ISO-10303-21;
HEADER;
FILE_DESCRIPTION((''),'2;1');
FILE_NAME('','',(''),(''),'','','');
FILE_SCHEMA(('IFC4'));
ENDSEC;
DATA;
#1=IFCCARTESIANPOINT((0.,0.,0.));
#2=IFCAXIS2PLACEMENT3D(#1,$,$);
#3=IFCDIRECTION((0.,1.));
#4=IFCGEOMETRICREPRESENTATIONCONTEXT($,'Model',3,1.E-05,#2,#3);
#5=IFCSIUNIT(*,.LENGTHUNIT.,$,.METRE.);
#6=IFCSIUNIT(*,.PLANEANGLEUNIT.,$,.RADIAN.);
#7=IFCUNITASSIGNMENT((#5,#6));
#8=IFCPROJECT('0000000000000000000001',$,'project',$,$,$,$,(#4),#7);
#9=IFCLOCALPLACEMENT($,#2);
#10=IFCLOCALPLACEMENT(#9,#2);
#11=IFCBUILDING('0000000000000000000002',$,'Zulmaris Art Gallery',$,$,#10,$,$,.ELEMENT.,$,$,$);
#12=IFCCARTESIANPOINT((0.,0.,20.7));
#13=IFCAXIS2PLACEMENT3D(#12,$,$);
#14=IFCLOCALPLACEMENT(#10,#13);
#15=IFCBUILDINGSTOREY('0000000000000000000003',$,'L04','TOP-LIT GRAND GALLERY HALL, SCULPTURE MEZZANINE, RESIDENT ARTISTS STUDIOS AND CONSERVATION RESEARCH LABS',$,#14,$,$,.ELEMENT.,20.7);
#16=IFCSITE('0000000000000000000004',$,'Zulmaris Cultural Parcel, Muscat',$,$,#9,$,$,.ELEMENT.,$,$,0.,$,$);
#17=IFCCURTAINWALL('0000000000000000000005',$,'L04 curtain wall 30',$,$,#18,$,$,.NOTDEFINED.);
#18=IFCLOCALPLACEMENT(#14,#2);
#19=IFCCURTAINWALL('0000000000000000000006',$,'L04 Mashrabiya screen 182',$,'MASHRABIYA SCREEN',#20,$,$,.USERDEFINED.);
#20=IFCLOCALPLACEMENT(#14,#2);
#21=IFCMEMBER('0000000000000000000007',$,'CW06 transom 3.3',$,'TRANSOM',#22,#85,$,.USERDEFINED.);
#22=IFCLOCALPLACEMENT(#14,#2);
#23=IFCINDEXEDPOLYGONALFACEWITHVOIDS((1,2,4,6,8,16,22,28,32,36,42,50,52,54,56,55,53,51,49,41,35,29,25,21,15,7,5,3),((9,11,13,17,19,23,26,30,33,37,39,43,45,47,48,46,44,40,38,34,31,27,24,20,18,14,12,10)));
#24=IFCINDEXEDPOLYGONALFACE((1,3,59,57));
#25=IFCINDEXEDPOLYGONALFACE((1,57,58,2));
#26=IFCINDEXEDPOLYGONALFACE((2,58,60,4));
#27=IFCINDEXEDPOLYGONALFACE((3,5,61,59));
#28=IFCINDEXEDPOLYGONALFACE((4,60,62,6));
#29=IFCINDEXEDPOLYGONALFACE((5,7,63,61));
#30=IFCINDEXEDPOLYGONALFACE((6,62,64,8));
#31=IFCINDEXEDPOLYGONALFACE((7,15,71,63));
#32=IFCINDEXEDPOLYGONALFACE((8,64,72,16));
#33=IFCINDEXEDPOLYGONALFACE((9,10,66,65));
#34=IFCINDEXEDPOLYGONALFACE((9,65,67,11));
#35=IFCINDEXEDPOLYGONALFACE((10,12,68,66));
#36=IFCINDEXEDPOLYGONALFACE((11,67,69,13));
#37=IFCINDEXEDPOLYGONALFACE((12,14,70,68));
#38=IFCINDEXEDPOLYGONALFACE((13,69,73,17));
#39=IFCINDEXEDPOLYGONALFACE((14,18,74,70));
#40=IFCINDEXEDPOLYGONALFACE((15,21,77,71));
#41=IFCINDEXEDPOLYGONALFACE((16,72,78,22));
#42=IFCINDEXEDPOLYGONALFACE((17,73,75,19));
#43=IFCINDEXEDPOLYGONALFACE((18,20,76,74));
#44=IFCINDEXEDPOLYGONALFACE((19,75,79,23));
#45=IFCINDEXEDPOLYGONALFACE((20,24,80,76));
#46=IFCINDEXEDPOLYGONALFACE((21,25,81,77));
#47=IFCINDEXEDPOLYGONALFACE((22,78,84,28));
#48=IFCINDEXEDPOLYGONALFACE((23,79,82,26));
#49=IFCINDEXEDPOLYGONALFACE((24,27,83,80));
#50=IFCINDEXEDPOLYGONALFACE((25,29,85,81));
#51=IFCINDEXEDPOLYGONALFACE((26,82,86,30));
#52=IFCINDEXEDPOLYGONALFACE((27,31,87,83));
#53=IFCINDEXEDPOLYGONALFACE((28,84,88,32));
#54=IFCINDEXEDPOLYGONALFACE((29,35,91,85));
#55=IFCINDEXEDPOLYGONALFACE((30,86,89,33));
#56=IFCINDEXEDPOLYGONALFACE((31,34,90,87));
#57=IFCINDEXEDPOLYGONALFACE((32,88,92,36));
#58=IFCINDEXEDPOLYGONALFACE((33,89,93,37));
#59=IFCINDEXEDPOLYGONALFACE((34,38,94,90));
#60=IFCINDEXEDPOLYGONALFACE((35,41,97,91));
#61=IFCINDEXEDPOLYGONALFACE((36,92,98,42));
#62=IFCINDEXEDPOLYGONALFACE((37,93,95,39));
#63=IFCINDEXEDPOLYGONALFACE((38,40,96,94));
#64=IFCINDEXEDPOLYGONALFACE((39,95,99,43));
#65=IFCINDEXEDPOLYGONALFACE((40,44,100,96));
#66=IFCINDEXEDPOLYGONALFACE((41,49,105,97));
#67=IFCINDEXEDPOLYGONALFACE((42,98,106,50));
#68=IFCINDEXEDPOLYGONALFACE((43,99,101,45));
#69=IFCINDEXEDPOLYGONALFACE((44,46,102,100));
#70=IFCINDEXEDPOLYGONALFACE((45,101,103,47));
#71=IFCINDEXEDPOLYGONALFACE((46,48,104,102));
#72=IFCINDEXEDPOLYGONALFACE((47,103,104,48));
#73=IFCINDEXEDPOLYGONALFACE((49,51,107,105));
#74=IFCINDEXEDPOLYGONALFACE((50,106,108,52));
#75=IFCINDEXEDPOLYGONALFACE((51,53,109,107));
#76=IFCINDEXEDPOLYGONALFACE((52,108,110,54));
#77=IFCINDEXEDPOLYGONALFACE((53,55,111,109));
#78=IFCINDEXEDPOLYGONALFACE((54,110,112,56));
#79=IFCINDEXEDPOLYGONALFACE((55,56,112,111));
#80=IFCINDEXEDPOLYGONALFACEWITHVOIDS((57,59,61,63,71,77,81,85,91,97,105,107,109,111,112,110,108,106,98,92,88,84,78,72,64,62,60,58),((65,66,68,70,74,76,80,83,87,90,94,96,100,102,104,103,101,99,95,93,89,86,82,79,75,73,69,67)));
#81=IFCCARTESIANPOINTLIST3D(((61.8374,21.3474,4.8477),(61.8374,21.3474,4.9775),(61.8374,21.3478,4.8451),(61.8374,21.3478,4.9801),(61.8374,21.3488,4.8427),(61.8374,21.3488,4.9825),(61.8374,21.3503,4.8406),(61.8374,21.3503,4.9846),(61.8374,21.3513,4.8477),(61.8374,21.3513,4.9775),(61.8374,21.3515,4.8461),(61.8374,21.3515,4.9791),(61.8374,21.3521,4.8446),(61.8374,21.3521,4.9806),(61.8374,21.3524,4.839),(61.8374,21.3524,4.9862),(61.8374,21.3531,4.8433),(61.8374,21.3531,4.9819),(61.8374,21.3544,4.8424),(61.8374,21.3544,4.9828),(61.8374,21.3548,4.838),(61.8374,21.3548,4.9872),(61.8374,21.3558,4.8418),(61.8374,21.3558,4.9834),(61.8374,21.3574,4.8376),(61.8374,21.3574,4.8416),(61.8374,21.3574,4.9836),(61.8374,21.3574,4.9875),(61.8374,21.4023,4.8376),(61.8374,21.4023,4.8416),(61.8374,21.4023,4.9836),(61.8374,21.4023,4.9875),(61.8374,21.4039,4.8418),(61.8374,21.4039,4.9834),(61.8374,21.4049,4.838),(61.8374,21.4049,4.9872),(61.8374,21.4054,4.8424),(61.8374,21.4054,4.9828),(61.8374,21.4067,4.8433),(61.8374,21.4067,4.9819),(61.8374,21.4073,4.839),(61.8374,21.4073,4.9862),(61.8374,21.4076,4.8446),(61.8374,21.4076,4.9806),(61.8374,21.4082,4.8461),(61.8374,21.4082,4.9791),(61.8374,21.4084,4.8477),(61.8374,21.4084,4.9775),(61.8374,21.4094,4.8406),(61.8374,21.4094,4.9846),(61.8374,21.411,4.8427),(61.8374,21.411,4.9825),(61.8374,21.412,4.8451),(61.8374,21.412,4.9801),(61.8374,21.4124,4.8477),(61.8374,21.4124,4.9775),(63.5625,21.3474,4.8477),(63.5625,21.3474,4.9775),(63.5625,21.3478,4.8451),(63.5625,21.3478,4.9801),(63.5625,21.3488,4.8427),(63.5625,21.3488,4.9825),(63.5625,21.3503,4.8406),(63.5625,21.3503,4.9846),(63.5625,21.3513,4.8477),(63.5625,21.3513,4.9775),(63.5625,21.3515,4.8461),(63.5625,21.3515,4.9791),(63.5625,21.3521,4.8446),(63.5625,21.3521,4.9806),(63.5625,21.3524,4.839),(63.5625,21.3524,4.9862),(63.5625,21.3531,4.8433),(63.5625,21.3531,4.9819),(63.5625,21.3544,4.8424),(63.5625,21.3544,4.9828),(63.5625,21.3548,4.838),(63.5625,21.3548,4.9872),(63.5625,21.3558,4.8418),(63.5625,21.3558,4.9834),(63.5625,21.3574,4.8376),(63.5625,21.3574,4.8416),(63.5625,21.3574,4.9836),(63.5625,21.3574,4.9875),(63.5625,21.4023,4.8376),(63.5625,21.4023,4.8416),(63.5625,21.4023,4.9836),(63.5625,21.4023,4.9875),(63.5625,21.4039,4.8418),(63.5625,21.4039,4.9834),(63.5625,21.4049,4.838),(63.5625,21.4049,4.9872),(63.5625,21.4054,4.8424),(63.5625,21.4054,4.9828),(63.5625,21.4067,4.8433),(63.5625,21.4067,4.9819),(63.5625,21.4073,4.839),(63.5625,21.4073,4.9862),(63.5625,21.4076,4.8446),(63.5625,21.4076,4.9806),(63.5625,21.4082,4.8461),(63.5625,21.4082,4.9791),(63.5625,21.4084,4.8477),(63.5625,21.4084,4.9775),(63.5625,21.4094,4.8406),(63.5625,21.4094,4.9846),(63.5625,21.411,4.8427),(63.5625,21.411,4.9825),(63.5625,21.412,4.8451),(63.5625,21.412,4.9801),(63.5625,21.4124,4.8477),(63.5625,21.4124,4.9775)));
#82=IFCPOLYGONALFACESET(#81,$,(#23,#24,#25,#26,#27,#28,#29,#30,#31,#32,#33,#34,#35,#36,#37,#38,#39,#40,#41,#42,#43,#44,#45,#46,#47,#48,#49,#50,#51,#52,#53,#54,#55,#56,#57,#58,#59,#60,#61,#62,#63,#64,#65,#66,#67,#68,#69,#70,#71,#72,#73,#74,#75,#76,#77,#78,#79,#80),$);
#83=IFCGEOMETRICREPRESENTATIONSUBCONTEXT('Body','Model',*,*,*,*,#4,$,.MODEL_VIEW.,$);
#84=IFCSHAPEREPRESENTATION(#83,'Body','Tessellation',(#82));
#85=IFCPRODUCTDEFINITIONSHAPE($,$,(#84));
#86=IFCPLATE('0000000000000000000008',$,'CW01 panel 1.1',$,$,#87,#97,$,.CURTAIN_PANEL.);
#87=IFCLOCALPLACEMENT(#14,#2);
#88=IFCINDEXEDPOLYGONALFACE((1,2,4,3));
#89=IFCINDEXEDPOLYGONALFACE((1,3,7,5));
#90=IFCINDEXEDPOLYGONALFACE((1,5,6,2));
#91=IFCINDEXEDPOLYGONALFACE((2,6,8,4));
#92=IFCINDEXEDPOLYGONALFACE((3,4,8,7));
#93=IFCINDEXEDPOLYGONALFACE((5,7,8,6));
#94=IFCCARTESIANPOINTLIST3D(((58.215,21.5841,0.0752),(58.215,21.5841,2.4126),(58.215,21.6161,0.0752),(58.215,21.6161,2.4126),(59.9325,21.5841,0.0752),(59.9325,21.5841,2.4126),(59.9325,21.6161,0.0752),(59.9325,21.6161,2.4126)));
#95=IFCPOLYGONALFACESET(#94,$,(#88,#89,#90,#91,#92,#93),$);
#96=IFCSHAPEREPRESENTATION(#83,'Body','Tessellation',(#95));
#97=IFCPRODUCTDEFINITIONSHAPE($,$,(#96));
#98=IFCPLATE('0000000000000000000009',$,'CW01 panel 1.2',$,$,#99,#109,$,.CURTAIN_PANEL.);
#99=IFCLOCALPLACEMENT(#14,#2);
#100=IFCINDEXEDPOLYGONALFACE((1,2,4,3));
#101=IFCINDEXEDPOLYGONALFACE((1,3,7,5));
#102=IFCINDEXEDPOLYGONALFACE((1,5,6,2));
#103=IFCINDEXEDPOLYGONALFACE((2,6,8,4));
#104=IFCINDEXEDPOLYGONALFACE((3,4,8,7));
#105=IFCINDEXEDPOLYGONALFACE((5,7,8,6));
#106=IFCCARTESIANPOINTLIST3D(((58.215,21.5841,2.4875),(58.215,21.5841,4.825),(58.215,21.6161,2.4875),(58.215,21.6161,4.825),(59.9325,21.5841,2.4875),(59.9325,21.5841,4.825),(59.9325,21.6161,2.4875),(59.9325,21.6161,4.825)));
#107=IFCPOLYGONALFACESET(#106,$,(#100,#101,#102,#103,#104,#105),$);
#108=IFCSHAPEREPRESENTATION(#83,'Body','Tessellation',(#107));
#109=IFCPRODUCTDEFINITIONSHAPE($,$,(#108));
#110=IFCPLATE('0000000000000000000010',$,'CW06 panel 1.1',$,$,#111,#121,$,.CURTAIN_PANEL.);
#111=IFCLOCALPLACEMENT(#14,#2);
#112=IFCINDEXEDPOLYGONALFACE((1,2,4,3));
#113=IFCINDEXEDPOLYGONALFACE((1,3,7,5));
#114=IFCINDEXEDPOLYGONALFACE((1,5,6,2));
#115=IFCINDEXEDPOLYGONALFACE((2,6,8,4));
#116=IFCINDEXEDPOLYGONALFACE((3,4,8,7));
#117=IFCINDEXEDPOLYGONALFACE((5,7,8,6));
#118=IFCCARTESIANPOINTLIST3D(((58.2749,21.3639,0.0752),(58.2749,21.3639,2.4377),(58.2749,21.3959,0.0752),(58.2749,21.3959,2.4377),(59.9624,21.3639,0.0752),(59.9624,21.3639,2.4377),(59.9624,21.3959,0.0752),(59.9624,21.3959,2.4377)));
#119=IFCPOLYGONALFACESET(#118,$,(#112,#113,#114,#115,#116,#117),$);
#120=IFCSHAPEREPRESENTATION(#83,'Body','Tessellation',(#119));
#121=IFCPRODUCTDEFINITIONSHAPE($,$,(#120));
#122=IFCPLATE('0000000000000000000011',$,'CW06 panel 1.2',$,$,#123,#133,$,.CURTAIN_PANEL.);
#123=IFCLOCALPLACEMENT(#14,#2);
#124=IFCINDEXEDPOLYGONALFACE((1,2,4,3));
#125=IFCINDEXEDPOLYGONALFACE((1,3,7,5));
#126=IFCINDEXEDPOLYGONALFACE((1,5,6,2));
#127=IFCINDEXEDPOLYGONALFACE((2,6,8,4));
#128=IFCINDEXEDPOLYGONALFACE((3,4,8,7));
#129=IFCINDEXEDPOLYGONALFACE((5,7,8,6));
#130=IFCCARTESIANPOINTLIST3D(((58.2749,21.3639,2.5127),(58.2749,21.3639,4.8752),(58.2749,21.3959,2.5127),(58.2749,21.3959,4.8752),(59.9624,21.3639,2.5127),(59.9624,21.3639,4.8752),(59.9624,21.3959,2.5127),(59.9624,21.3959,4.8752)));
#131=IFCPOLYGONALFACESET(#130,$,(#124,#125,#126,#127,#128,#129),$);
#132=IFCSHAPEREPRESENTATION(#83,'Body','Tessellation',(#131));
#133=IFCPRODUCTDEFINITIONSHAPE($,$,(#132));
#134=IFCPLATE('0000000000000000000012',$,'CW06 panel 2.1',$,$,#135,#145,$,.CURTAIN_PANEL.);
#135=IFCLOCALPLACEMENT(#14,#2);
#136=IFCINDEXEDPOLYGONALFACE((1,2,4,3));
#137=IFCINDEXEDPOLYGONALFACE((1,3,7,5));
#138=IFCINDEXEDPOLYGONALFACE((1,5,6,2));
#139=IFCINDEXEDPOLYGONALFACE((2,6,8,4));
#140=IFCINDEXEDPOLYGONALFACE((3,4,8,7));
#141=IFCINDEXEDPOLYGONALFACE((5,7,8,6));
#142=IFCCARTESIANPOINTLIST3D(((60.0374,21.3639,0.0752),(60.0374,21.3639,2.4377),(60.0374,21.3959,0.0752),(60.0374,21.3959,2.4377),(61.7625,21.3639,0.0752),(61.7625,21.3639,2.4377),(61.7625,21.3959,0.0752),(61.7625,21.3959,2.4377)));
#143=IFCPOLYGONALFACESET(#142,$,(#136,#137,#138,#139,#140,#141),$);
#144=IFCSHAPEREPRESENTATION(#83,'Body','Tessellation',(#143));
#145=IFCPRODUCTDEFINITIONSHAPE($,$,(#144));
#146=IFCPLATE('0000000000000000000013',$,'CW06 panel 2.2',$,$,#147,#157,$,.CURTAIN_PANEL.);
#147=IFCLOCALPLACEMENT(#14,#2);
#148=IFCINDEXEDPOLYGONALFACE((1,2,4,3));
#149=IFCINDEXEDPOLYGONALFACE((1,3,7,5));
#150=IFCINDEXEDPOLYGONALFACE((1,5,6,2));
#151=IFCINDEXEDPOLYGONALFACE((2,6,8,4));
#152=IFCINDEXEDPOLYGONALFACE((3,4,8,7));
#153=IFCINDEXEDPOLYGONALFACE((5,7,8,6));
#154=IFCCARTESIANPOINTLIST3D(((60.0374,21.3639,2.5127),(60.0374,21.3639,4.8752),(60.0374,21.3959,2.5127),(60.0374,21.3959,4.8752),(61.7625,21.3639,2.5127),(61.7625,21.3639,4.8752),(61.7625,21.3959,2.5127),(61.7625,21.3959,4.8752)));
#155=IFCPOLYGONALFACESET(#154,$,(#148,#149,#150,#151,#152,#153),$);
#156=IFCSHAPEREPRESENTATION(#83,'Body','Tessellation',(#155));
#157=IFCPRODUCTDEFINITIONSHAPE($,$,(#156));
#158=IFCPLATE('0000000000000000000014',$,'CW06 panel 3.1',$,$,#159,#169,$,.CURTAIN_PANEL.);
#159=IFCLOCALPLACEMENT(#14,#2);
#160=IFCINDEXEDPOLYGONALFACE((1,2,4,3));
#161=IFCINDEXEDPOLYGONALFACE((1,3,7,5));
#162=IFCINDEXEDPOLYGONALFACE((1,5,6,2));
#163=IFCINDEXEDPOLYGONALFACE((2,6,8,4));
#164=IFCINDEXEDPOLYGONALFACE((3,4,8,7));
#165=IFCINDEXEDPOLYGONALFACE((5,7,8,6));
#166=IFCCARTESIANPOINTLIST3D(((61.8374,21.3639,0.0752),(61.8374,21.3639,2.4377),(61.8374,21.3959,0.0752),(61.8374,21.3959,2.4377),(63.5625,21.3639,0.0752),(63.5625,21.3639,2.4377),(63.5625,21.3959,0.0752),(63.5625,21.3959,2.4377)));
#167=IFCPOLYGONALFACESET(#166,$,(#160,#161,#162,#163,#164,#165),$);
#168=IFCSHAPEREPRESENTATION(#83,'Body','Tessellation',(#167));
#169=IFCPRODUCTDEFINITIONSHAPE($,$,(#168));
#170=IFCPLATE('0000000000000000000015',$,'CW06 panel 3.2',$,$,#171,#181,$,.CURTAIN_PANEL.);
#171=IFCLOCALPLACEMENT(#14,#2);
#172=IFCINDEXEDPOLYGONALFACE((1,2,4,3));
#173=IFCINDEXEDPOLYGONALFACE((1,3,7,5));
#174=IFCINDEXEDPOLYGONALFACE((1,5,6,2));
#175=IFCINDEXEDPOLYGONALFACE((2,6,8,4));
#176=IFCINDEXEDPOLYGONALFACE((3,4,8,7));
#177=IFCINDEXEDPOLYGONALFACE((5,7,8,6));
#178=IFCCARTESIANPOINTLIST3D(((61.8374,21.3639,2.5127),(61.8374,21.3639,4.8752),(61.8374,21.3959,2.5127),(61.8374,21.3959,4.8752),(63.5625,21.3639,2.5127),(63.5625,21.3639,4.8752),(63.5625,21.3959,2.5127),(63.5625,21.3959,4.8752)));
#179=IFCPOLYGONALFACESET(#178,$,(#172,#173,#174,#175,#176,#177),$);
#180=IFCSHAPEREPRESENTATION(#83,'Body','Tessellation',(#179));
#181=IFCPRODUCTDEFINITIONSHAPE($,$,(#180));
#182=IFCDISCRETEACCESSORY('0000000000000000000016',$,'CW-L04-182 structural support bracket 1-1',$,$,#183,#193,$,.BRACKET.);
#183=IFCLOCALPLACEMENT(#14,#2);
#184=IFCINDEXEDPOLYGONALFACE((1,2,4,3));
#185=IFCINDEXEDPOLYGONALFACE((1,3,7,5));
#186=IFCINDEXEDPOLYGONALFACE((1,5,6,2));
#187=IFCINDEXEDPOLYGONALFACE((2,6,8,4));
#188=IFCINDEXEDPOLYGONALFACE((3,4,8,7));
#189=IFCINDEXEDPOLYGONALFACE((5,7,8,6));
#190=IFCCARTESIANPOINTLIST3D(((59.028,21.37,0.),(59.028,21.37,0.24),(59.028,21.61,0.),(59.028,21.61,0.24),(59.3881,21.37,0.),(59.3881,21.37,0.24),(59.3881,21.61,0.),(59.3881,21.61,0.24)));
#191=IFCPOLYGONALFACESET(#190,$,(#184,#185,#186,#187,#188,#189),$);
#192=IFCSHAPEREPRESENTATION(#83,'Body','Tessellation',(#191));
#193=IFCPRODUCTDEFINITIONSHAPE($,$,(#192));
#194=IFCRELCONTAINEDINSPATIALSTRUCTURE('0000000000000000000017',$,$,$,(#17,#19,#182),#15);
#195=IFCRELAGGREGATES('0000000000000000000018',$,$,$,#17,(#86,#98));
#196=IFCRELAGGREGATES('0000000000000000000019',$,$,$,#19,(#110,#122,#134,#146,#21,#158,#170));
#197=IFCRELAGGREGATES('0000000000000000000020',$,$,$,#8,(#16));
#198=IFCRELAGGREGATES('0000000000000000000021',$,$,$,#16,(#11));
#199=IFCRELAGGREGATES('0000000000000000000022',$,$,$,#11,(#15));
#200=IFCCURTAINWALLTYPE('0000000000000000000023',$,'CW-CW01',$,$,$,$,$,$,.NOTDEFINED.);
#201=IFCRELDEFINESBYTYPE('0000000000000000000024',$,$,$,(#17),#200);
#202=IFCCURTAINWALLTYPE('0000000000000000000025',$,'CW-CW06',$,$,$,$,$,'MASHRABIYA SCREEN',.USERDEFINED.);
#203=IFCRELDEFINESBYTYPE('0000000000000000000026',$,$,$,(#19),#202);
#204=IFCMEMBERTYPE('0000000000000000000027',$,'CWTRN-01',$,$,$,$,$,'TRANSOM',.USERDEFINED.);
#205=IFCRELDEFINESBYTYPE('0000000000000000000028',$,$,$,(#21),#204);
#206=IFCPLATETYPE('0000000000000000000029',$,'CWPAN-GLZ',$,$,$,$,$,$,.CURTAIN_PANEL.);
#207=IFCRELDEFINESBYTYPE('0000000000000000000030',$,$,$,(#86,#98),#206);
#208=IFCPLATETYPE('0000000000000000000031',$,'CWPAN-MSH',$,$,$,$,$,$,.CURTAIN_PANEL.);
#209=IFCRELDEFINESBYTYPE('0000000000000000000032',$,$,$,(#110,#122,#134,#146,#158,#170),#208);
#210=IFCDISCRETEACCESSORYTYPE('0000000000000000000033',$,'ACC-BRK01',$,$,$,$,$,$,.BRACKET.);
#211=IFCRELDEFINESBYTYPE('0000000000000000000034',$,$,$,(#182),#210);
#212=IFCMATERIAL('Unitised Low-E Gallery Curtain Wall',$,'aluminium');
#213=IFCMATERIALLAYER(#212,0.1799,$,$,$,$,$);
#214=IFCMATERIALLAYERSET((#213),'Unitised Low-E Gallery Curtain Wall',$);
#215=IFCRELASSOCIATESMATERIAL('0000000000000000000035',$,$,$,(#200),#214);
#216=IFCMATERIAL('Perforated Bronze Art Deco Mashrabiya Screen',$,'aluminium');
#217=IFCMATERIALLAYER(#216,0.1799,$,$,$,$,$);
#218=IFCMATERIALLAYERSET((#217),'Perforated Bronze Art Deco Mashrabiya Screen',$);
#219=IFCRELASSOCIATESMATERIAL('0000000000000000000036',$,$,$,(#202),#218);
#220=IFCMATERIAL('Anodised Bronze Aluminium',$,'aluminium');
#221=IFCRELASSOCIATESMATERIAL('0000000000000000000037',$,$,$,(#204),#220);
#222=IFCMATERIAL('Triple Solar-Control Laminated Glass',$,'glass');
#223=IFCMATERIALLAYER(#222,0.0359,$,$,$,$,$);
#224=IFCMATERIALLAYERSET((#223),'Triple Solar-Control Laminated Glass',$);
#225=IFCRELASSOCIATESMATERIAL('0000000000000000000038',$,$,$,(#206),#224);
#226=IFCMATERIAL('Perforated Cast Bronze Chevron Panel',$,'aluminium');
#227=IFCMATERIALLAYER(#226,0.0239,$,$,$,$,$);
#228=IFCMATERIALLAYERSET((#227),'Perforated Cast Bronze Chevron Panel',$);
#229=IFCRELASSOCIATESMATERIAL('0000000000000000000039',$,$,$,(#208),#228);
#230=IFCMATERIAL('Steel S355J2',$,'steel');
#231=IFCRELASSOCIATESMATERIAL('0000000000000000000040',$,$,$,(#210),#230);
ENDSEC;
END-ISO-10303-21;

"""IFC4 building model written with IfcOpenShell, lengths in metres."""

from ifc_helpers import new_model, si_unit, direction, frame, origin, origin_2d, place, context, subcontext, project, spatial, rectangle, hollow_rectangle, extrude, material, layer, layer_set, material_profile, profile_set, type_object, element, aggregate, save


model = new_model("IFC4")

# Units and contexts
model_context = context("Model", 3, precision=1e-05, world=origin(), true_north=direction((0.0, 1.0)))
body_context = subcontext(model_context, "Body", "Model", "MODEL_VIEW")
ifc_project = project(units=[si_unit("LENGTHUNIT", "METRE"), si_unit("PLANEANGLEUNIT", "RADIAN")], contexts=[model_context])

# Site, building, storey
site_placement = place(None, origin())
site = spatial("IfcSite", under=ifc_project, at=site_placement, Name="Zulmaris Cultural Parcel, Muscat", CompositionType="ELEMENT", RefElevation=0.0)
building_placement = place(site_placement, origin())
building = spatial("IfcBuilding", under=site, at=building_placement, Name="Zulmaris Art Gallery", CompositionType="ELEMENT")
storey_placement = place(building_placement, frame((0.0, 0.0, 20.7)))
storey = spatial("IfcBuildingStorey", under=building, at=storey_placement, Name="L04", Description="TOP-LIT GRAND GALLERY HALL, SCULPTURE MEZZANINE, RESIDENT ARTISTS STUDIOS AND CONSERVATION RESEARCH LABS", CompositionType="ELEMENT", Elevation=20.7)

# Curtain wall
ifc_material_1 = material(Name="Unitised Low-E Gallery Curtain Wall", Category="aluminium")
ifc_layer_1 = layer(ifc_material_1, 0.1799)
ifc_layer_set_1 = layer_set([ifc_layer_1], Name="Unitised Low-E Gallery Curtain Wall")
curtain_wall_type_1 = type_object("IfcCurtainWallType", Name="CW-CW01", PredefinedType="NOTDEFINED", material=ifc_layer_set_1)
curtain_wall_1_placement = place(storey_placement, origin())
curtain_wall_1 = element("IfcCurtainWall", 1, at=curtain_wall_1_placement, inside=storey, type_object=curtain_wall_type_1, Name="L04 curtain wall 30", PredefinedType="NOTDEFINED")
ifc_material_2 = material(Name="Anodised Bronze Aluminium", Category="aluminium")

# Curtain wall
ifc_material_3 = material(Name="Perforated Bronze Art Deco Mashrabiya Screen", Category="aluminium")
ifc_layer_2 = layer(ifc_material_3, 0.1799)
ifc_layer_set_2 = layer_set([ifc_layer_2], Name="Perforated Bronze Art Deco Mashrabiya Screen")
curtain_wall_type_2 = type_object("IfcCurtainWallType", Name="CW-CW06", ElementType="MASHRABIYA SCREEN", PredefinedType="USERDEFINED", material=ifc_layer_set_2)
curtain_wall_2_placement = place(storey_placement, origin())
curtain_wall_2 = element("IfcCurtainWall", 2, at=curtain_wall_2_placement, inside=storey, type_object=curtain_wall_type_2, Name="L04 Mashrabiya screen 182", ObjectType="MASHRABIYA SCREEN", PredefinedType="USERDEFINED")

# Member
ifc_material_profile_1 = material_profile(ifc_material_2, hollow_rectangle(XDim=0.0649, YDim=0.1499, WallThickness=0.0039, InnerFilletRadius=0.0061, OuterFilletRadius=0.01, at=origin_2d()), Name="ALU 65x150x4")
ifc_profile_set_1 = profile_set([ifc_material_profile_1], Name="Anodised Bronze Aluminium")
member_type_1 = type_object("IfcMemberType", Name="CWTRN-01", ElementType="TRANSOM", PredefinedType="USERDEFINED", material=ifc_profile_set_1)
member_1_placement = place(storey_placement, frame((61.8374, 21.3799, 4.9126), z_axis=(1.0, 0.0, 0.0), x_axis=(0.0, 1.0, 0.0)))
member_1 = element("IfcMember", 3, at=member_1_placement, type_object=member_type_1, Name="CW06 transom 3.3", ObjectType="TRANSOM", PredefinedType="USERDEFINED", context=body_context, shape_type="SweptSolid", body=[
    extrude(hollow_rectangle(XDim=0.0649, YDim=0.1499, WallThickness=0.0039, InnerFilletRadius=0.0061, OuterFilletRadius=0.01, at=origin_2d()), origin(), (0.0, 0.0, 1.0), 1.7251),
])

# Plates
ifc_material_4 = material(Name="Triple Solar-Control Laminated Glass", Category="glass")
ifc_layer_3 = layer(ifc_material_4, 0.0359)
ifc_layer_set_3 = layer_set([ifc_layer_3], Name="Triple Solar-Control Laminated Glass")
plate_type_1 = type_object("IfcPlateType", Name="CWPAN-GLZ", PredefinedType="CURTAIN_PANEL", material=ifc_layer_set_3)
plate_1_placement = place(storey_placement, frame((59.0737, 21.6001, 0.0752), z_axis=(0.0, 0.0, 1.0), x_axis=(1.0, 0.0, 0.0)))
plate_1 = element("IfcPlate", 4, at=plate_1_placement, type_object=plate_type_1, Name="CW01 panel 1.1", PredefinedType="CURTAIN_PANEL", context=body_context, shape_type="SweptSolid", body=[
    extrude(rectangle(XDim=1.7175, YDim=0.032, at=origin_2d()), origin(), (0.0, 0.0, 1.0), 2.3374),
])
plate_2_placement = place(storey_placement, frame((59.0737, 21.6001, 2.4875), z_axis=(0.0, 0.0, 1.0), x_axis=(1.0, 0.0, 0.0)))
plate_2 = element("IfcPlate", 5, at=plate_2_placement, type_object=plate_type_1, Name="CW01 panel 1.2", PredefinedType="CURTAIN_PANEL", context=body_context, shape_type="SweptSolid", body=[
    extrude(rectangle(XDim=1.7175, YDim=0.032, at=origin_2d()), origin(), (0.0, 0.0, 1.0), 2.3374),
])
aggregate(curtain_wall_1, [plate_1, plate_2])
ifc_material_5 = material(Name="Perforated Cast Bronze Chevron Panel", Category="aluminium")
ifc_layer_4 = layer(ifc_material_5, 0.0239)
ifc_layer_set_4 = layer_set([ifc_layer_4], Name="Perforated Cast Bronze Chevron Panel")
plate_type_2 = type_object("IfcPlateType", Name="CWPAN-MSH", PredefinedType="CURTAIN_PANEL", material=ifc_layer_set_4)
plate_3_placement = place(storey_placement, frame((59.1187, 21.3799, 0.0752), z_axis=(0.0, 0.0, 1.0), x_axis=(1.0, 0.0, 0.0)))
plate_3 = element("IfcPlate", 6, at=plate_3_placement, type_object=plate_type_2, Name="CW06 panel 1.1", PredefinedType="CURTAIN_PANEL", context=body_context, shape_type="SweptSolid", body=[
    extrude(rectangle(XDim=1.6875, YDim=0.032, at=origin_2d()), origin(), (0.0, 0.0, 1.0), 2.3625),
])
plate_4_placement = place(storey_placement, frame((59.1187, 21.3799, 2.5127), z_axis=(0.0, 0.0, 1.0), x_axis=(1.0, 0.0, 0.0)))
plate_4 = element("IfcPlate", 7, at=plate_4_placement, type_object=plate_type_2, Name="CW06 panel 1.2", PredefinedType="CURTAIN_PANEL", context=body_context, shape_type="SweptSolid", body=[
    extrude(rectangle(XDim=1.6875, YDim=0.032, at=origin_2d()), origin(), (0.0, 0.0, 1.0), 2.3625),
])
plate_5_placement = place(storey_placement, frame((60.8999, 21.3799, 0.0752), z_axis=(0.0, 0.0, 1.0), x_axis=(1.0, 0.0, 0.0)))
plate_5 = element("IfcPlate", 8, at=plate_5_placement, type_object=plate_type_2, Name="CW06 panel 2.1", PredefinedType="CURTAIN_PANEL", context=body_context, shape_type="SweptSolid", body=[
    extrude(rectangle(XDim=1.7251, YDim=0.032, at=origin_2d()), origin(), (0.0, 0.0, 1.0), 2.3625),
])
plate_6_placement = place(storey_placement, frame((60.8999, 21.3799, 2.5127), z_axis=(0.0, 0.0, 1.0), x_axis=(1.0, 0.0, 0.0)))
plate_6 = element("IfcPlate", 9, at=plate_6_placement, type_object=plate_type_2, Name="CW06 panel 2.2", PredefinedType="CURTAIN_PANEL", context=body_context, shape_type="SweptSolid", body=[
    extrude(rectangle(XDim=1.7251, YDim=0.032, at=origin_2d()), origin(), (0.0, 0.0, 1.0), 2.3625),
])
plate_7_placement = place(storey_placement, frame((62.7, 21.3799, 0.0752), z_axis=(0.0, 0.0, 1.0), x_axis=(1.0, 0.0, 0.0)))
plate_7 = element("IfcPlate", 10, at=plate_7_placement, type_object=plate_type_2, Name="CW06 panel 3.1", PredefinedType="CURTAIN_PANEL", context=body_context, shape_type="SweptSolid", body=[
    extrude(rectangle(XDim=1.7251, YDim=0.032, at=origin_2d()), origin(), (0.0, 0.0, 1.0), 2.3625),
])
plate_8_placement = place(storey_placement, frame((62.7, 21.3799, 2.5127), z_axis=(0.0, 0.0, 1.0), x_axis=(1.0, 0.0, 0.0)))
plate_8 = element("IfcPlate", 11, at=plate_8_placement, type_object=plate_type_2, Name="CW06 panel 3.2", PredefinedType="CURTAIN_PANEL", context=body_context, shape_type="SweptSolid", body=[
    extrude(rectangle(XDim=1.7251, YDim=0.032, at=origin_2d()), origin(), (0.0, 0.0, 1.0), 2.3625),
])
aggregate(curtain_wall_2, [plate_3, plate_4, plate_5, plate_6, member_1, plate_7, plate_8])

# Discrete accessory
ifc_material_6 = material(Name="Steel S355J2", Category="steel")
discrete_accessory_type = type_object("IfcDiscreteAccessoryType", Name="ACC-BRK01", PredefinedType="BRACKET", material=ifc_material_6)
for number, where, z_axis, x_axis, name in (
    (12, (59.208, 21.49, 0.0), (0.0, 0.0, 1.0), (1.0, 0.0, 0.0), "CW-L04-182 structural support bracket 1-1"),
):
    element("IfcDiscreteAccessory", number, at=place(storey_placement, frame(where, z_axis=z_axis, x_axis=x_axis)), inside=storey, type_object=discrete_accessory_type, Name=name, PredefinedType="BRACKET", context=body_context, shape_type="SweptSolid", body=[
        extrude(rectangle(XDim=0.3601, YDim=0.24, at=origin_2d()), origin(), (0.0, 0.0, 1.0), 0.24),
    ])

save(model, "model.ifc")
